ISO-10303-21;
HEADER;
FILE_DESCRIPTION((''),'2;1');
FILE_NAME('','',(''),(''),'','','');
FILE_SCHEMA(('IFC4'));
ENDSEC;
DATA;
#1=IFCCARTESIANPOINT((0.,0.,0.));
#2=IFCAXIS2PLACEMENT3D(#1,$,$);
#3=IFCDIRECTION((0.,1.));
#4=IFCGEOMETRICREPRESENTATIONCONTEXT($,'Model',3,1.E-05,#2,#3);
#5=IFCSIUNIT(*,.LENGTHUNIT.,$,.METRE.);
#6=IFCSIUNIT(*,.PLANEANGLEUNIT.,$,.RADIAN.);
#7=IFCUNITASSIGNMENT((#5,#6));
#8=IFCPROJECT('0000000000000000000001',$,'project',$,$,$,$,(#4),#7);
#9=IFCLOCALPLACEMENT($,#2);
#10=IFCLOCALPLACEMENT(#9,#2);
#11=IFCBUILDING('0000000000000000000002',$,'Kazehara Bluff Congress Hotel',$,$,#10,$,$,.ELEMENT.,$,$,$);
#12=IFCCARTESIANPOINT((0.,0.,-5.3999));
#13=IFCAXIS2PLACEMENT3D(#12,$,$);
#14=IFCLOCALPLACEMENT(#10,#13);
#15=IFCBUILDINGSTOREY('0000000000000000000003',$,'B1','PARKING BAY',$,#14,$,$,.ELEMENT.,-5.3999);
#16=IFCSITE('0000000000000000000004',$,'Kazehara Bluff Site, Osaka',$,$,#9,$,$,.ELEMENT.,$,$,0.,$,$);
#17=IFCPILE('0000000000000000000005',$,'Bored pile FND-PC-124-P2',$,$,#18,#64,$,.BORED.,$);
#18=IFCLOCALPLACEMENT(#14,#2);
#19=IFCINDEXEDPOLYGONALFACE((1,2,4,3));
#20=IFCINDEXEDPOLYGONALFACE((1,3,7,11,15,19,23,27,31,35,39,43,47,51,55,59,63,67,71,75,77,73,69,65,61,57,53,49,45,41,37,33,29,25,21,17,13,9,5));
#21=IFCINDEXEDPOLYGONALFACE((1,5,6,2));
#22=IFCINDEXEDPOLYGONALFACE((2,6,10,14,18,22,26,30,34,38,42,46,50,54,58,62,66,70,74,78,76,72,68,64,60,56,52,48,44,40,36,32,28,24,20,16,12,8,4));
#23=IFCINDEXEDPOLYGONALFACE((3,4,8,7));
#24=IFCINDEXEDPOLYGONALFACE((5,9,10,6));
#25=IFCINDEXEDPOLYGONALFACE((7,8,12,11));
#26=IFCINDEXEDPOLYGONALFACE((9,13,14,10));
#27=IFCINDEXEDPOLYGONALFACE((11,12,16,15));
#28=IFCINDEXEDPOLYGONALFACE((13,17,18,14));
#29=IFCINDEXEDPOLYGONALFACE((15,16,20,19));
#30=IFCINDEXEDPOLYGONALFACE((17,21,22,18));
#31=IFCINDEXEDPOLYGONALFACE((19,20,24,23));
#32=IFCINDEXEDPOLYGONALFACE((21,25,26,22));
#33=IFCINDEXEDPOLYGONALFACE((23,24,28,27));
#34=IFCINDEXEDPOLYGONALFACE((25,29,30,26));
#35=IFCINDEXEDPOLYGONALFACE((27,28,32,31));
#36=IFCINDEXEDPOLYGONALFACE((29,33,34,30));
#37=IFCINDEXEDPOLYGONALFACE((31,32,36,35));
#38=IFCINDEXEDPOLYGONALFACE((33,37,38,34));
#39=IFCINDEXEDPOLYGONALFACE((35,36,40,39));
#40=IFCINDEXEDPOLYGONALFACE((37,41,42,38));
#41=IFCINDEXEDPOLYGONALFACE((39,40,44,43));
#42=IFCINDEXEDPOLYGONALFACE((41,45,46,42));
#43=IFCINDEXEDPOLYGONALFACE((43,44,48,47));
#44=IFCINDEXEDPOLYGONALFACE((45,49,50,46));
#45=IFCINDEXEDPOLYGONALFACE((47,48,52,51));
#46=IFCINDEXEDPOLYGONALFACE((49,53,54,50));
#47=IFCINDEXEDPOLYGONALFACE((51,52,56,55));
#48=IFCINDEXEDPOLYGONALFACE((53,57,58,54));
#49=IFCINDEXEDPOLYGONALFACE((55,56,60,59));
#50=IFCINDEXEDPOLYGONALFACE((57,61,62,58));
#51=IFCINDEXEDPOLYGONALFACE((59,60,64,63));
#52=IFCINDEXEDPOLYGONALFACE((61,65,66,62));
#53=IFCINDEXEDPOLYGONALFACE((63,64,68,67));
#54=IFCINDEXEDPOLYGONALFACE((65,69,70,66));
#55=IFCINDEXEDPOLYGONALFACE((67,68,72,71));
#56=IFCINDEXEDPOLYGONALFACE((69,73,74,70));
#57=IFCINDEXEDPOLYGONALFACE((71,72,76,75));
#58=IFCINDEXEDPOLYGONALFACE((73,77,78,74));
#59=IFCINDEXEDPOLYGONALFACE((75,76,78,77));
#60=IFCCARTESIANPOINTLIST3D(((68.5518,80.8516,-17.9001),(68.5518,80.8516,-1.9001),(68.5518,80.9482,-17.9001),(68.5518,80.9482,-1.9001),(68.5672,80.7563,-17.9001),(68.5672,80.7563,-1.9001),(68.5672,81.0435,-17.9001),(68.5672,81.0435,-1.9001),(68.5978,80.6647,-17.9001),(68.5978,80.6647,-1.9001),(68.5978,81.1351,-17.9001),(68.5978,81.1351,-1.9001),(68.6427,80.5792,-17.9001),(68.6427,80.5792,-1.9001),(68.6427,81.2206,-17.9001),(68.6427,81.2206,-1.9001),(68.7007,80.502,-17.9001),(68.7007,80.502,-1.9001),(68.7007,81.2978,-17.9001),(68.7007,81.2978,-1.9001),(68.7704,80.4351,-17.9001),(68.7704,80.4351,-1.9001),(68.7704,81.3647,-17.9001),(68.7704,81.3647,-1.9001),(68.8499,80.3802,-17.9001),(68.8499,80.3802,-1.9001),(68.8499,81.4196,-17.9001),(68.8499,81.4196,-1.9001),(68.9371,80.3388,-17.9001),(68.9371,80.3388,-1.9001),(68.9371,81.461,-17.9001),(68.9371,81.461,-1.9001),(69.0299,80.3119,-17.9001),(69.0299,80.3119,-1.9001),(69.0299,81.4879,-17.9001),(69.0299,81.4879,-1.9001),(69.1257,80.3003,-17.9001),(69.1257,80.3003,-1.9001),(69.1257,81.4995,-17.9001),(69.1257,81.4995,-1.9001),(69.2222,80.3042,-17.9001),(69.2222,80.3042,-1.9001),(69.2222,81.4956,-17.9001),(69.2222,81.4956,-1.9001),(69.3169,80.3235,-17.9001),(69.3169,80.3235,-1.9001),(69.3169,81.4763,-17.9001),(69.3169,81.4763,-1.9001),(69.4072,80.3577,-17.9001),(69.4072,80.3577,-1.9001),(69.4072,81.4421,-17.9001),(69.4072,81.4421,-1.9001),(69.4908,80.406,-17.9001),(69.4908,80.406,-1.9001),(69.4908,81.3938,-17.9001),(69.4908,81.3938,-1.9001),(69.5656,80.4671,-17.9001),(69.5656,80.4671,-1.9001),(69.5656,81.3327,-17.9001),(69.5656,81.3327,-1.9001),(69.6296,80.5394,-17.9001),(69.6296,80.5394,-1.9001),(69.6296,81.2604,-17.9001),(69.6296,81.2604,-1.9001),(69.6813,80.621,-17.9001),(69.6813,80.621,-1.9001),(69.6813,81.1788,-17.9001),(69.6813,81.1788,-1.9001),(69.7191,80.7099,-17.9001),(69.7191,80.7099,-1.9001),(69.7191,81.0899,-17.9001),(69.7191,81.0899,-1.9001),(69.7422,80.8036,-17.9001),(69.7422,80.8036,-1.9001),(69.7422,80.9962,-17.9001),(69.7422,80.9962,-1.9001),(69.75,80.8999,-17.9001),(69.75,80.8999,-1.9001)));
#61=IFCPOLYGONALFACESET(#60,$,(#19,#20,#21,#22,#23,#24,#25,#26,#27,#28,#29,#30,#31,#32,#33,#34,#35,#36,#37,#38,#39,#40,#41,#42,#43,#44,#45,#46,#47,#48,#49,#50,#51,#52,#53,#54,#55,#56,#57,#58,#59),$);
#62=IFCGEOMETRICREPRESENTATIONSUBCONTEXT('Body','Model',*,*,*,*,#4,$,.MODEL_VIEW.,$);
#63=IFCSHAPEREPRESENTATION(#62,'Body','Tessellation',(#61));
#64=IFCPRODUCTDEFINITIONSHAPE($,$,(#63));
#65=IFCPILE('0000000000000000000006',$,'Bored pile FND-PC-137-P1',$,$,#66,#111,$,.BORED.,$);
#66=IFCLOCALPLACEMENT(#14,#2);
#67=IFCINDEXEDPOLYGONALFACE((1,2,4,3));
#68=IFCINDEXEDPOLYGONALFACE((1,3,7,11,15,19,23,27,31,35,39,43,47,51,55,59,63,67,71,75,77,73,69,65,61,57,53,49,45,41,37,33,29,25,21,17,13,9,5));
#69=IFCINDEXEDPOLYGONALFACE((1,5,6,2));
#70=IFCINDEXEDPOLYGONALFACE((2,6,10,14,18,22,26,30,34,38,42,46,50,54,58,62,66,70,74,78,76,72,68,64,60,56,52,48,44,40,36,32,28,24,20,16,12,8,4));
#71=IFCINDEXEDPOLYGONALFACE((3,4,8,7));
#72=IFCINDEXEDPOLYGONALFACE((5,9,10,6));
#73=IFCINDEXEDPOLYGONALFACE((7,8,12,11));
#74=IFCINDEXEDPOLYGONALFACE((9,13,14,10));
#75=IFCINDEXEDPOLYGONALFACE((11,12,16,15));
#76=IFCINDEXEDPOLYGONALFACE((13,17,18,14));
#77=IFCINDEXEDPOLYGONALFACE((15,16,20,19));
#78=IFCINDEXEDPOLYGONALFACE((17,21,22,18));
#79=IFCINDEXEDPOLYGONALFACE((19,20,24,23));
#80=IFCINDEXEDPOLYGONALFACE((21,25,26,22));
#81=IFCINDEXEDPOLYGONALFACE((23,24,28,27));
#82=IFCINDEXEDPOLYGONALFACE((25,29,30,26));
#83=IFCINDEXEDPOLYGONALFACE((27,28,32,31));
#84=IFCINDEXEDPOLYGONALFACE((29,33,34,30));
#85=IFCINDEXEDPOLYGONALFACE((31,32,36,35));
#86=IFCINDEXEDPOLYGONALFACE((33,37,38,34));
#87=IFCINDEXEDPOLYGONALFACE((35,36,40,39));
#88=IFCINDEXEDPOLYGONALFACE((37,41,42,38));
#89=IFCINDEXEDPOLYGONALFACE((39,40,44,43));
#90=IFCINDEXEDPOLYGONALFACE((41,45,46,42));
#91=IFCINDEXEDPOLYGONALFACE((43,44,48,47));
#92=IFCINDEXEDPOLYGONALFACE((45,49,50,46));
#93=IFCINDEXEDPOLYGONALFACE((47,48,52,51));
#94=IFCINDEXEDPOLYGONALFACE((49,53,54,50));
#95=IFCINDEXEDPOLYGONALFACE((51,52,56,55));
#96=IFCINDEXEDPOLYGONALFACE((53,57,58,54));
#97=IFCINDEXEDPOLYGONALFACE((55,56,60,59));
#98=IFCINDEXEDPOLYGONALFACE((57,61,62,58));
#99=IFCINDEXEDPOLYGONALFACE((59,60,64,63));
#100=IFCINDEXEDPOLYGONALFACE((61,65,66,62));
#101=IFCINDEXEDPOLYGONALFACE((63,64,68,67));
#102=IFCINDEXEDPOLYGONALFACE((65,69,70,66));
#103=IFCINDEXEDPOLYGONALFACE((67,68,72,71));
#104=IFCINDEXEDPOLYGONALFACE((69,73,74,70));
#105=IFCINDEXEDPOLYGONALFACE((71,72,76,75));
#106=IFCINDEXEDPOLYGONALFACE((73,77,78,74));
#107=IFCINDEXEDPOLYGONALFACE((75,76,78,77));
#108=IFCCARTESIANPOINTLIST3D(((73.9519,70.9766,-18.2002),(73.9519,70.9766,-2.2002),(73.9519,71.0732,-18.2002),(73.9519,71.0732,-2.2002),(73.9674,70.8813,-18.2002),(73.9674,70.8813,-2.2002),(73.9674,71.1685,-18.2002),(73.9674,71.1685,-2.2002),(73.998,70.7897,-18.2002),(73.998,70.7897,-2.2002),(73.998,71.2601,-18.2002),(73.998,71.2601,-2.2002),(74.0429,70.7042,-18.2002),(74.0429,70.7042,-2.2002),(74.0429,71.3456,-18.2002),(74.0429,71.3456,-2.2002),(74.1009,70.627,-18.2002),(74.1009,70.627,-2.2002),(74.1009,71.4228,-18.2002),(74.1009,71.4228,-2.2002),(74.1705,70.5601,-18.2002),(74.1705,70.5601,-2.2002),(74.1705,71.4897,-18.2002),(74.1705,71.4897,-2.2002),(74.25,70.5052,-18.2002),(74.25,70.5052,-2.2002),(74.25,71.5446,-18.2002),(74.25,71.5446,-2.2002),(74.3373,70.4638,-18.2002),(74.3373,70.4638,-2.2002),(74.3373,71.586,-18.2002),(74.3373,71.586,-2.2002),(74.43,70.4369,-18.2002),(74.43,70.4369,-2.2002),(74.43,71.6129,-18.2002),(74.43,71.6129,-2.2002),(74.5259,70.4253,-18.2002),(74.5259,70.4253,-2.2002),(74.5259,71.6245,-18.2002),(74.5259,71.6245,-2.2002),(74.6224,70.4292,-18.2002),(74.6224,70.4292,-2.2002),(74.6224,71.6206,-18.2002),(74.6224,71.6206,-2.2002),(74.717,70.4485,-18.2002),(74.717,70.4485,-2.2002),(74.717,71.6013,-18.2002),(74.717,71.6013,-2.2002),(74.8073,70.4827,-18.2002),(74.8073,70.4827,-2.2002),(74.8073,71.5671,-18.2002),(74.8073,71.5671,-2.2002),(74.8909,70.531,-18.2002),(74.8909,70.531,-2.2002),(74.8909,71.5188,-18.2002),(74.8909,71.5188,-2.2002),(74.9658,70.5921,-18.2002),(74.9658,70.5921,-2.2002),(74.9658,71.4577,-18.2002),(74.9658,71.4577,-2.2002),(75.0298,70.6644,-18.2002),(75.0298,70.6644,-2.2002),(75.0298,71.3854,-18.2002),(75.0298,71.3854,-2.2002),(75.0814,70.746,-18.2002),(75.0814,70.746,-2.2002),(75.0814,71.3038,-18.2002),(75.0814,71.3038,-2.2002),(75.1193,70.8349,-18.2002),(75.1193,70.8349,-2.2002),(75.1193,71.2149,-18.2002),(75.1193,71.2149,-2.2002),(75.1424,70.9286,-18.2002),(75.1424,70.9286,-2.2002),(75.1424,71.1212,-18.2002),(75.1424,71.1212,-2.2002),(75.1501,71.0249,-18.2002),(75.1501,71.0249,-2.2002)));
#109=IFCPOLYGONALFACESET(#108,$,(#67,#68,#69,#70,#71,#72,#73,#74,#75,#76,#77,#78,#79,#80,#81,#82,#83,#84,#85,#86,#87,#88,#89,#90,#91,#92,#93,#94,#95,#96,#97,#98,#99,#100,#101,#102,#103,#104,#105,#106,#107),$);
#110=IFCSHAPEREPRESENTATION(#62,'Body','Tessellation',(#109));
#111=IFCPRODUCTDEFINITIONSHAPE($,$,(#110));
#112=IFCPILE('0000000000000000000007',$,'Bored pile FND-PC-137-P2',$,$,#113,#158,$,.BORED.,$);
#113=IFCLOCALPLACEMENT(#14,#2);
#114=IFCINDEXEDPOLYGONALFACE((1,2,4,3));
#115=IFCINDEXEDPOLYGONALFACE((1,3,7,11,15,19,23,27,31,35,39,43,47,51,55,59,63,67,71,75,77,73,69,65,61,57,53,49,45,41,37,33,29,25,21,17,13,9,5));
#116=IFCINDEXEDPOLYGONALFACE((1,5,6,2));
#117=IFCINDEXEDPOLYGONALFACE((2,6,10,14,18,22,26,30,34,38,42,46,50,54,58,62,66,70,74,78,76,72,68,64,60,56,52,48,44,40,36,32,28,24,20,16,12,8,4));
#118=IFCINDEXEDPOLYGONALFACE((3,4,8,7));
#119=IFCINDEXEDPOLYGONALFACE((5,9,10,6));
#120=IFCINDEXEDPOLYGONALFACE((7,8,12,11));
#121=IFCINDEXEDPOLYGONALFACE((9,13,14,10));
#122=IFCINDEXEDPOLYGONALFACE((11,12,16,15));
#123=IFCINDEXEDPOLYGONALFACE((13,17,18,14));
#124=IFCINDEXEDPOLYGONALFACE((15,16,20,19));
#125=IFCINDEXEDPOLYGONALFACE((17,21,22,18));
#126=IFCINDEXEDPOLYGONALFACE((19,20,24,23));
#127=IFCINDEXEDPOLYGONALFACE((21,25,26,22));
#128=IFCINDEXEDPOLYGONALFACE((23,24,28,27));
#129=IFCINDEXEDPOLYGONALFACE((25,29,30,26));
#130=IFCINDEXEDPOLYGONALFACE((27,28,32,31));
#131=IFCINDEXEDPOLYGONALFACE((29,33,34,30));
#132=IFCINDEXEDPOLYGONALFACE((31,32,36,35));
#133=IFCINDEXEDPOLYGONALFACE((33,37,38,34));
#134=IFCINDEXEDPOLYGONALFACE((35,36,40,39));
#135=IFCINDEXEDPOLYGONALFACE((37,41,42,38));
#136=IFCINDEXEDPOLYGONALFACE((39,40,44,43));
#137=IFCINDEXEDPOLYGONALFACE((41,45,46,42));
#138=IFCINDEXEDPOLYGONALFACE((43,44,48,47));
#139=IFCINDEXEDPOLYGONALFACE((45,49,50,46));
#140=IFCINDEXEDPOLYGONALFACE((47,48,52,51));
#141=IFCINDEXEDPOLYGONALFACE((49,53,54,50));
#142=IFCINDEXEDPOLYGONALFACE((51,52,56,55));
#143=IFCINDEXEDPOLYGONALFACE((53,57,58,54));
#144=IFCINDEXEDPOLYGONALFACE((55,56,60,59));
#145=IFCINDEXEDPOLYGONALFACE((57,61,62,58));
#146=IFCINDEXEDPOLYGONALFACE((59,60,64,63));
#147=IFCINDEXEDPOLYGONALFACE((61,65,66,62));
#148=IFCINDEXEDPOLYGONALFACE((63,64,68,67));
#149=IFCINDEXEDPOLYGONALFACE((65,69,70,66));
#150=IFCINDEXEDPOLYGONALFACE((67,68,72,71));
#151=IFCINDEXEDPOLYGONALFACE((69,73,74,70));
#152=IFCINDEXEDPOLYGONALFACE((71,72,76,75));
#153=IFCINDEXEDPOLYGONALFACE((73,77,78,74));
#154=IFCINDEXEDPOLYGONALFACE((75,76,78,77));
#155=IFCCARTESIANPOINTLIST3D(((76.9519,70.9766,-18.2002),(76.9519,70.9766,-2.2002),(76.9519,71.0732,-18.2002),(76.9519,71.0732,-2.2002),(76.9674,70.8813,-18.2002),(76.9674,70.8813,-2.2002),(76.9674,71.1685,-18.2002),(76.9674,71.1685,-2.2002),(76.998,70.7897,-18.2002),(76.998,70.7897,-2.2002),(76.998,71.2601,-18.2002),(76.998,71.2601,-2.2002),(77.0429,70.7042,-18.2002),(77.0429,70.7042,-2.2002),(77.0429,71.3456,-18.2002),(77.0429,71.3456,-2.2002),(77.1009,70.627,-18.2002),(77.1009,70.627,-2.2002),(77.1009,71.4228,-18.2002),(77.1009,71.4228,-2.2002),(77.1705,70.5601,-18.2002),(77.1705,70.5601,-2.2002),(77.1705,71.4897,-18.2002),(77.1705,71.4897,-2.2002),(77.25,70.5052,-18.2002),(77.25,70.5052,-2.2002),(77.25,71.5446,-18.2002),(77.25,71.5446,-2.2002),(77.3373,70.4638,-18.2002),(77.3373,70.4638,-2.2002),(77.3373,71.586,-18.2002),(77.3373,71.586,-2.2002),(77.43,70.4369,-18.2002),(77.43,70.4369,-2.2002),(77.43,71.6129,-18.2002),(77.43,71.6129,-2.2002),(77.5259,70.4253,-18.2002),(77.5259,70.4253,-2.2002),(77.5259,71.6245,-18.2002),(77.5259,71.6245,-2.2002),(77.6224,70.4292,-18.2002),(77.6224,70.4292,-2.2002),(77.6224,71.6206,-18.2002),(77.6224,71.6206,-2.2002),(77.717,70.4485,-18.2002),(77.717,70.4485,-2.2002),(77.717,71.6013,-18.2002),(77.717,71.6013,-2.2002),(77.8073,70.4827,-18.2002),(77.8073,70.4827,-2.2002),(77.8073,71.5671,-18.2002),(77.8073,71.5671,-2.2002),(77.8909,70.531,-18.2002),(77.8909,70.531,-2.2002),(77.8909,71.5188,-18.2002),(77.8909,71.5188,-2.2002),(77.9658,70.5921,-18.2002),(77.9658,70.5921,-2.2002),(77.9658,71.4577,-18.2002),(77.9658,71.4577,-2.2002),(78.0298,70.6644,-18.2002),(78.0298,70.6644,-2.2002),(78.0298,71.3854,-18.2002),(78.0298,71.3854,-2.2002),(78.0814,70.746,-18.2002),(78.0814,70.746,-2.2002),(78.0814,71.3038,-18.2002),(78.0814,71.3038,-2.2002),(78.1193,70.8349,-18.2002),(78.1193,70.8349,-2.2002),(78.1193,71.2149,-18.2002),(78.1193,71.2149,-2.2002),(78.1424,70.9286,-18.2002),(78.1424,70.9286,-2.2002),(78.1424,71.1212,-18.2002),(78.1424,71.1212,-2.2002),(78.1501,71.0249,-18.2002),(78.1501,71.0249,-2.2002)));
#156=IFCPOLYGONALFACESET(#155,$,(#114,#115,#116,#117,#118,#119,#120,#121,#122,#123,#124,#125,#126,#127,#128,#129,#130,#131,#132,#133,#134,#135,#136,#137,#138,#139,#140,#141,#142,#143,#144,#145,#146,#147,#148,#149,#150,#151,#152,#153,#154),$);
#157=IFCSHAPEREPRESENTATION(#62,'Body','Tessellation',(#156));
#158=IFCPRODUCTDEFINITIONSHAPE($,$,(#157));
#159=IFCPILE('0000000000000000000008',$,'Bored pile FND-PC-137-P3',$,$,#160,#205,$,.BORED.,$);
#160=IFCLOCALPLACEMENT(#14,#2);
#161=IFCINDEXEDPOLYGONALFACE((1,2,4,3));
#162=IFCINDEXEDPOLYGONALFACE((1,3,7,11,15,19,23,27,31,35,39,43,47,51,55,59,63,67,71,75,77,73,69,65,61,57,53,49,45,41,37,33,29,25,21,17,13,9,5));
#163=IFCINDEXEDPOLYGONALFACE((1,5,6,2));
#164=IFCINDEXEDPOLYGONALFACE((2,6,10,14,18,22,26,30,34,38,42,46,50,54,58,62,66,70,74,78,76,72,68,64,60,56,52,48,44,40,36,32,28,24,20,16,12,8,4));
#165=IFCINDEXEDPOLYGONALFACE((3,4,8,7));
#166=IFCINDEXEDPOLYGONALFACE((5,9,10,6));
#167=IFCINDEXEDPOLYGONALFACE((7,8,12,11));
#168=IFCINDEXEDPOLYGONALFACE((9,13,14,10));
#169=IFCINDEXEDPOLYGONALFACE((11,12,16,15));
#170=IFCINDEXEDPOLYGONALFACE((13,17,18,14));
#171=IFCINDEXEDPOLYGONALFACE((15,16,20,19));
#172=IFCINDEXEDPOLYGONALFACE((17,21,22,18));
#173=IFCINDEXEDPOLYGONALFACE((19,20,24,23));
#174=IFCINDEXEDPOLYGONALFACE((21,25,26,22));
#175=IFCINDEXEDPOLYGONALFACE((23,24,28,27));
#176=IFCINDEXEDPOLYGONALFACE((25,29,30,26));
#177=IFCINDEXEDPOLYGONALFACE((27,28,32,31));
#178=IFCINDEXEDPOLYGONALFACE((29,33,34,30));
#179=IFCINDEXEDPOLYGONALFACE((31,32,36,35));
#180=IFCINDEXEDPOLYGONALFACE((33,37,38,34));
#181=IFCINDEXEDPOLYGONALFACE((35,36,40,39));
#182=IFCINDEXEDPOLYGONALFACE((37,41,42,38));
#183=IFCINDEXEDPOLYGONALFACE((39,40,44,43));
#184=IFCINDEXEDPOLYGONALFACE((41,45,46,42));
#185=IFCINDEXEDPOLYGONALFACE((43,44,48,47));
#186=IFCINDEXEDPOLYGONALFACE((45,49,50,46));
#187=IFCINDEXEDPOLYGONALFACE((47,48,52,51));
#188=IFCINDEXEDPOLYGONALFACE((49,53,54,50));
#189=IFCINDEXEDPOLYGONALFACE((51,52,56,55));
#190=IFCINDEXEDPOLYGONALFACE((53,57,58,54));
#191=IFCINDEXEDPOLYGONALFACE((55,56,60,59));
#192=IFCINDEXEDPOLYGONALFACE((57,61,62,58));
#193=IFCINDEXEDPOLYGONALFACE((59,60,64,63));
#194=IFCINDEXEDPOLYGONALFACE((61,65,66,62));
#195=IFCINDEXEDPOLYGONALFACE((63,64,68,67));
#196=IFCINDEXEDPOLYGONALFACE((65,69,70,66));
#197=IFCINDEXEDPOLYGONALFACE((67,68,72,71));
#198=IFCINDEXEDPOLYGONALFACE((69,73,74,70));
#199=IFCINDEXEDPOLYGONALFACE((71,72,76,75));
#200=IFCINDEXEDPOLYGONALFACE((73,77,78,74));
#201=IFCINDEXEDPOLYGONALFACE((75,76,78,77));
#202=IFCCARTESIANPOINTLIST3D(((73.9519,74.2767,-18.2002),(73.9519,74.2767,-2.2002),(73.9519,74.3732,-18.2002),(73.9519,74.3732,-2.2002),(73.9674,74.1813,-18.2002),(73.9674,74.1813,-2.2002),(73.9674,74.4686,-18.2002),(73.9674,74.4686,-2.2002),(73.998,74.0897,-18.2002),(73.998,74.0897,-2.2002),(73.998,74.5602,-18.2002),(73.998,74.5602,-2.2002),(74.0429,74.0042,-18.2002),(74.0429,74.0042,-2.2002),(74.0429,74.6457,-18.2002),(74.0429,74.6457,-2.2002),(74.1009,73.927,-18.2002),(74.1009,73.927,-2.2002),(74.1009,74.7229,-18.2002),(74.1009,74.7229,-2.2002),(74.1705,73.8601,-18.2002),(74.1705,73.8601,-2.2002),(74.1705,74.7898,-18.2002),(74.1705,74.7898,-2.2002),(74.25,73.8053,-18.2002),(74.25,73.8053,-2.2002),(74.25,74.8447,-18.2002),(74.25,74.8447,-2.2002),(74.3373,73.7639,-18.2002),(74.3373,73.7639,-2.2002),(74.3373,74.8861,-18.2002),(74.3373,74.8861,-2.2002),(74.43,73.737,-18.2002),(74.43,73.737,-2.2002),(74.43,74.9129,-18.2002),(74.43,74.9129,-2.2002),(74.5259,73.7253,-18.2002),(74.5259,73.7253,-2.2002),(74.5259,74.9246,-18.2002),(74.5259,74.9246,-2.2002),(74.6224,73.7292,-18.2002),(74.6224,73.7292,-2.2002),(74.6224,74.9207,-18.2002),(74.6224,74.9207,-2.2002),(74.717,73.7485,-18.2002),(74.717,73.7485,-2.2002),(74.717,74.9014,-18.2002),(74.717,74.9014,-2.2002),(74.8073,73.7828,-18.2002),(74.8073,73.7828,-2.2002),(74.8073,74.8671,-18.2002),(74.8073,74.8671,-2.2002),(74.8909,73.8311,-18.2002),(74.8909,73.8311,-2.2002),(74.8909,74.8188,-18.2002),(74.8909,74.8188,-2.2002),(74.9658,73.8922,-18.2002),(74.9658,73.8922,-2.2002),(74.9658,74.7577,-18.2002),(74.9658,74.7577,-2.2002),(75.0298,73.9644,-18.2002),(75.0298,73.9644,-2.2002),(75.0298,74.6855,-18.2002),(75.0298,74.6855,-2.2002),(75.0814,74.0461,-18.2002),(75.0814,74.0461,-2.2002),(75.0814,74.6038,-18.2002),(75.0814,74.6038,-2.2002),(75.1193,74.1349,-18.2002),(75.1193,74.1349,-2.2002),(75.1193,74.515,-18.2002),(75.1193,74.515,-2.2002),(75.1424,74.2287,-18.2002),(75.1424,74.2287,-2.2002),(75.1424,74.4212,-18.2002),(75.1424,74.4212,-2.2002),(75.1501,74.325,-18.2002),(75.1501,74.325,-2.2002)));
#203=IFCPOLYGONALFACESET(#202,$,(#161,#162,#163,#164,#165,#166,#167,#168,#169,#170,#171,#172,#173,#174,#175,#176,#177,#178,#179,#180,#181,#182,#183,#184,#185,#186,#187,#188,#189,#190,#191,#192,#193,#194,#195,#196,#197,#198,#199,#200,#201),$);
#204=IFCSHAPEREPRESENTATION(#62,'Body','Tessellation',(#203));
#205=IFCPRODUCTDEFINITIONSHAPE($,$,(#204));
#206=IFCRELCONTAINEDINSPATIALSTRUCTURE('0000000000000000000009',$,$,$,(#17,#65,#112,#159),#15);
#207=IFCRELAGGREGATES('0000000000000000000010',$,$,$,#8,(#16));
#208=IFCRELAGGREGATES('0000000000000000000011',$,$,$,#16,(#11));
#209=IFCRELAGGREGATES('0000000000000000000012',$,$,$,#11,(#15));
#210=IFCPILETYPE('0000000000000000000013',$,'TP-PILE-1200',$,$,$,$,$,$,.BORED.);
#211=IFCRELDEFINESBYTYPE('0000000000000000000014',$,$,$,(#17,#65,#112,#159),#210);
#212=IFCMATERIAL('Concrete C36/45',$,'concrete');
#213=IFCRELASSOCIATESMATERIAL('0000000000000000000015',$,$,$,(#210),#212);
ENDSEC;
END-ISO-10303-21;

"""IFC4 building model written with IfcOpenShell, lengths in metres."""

from ifc_helpers import new_model, si_unit, direction, frame, origin, origin_2d, place, context, subcontext, project, spatial, circle, extrude, material, material_profile, profile_set, type_object, element, save


model = new_model("IFC4")

# Units and contexts
model_context = context("Model", 3, precision=1e-05, world=origin(), true_north=direction((0.0, 1.0)))
body_context = subcontext(model_context, "Body", "Model", "MODEL_VIEW")
ifc_project = project(units=[si_unit("LENGTHUNIT", "METRE"), si_unit("PLANEANGLEUNIT", "RADIAN")], contexts=[model_context])

# Site, building, storey
site_placement = place(None, origin())
site = spatial("IfcSite", under=ifc_project, at=site_placement, Name="Kazehara Bluff Site, Osaka", CompositionType="ELEMENT", RefElevation=0.0)
building_placement = place(site_placement, origin())
building = spatial("IfcBuilding", under=site, at=building_placement, Name="Kazehara Bluff Congress Hotel", CompositionType="ELEMENT")
storey_placement = place(building_placement, frame((0.0, 0.0, -5.3999)))
storey = spatial("IfcBuildingStorey", under=building, at=storey_placement, Name="B1", Description="PARKING BAY", CompositionType="ELEMENT", Elevation=-5.3999)

# Piles
ifc_material_1 = material(Name="Concrete C36/45", Category="concrete")
ifc_material_profile_1 = material_profile(ifc_material_1, circle(Radius=0.6001, at=origin_2d()))
ifc_profile_set_1 = profile_set([ifc_material_profile_1], Name="Concrete C36/45")
pile_type = type_object("IfcPileType", Name="TP-PILE-1200", PredefinedType="BORED", material=ifc_profile_set_1)
for number, where, z_axis, x_axis, name in (
    (1, (69.1499, 80.8999, -1.9001), (0.0, 0.0, -1.0), (1.0, 0.0, 0.0), "Bored pile FND-PC-124-P2"),
    (2, (74.55, 71.0249, -2.2002), (0.0, 0.0, -1.0), (1.0, 0.0, 0.0), "Bored pile FND-PC-137-P1"),
    (3, (77.55, 71.0249, -2.2002), (0.0, 0.0, -1.0), (1.0, 0.0, 0.0), "Bored pile FND-PC-137-P2"),
    (4, (74.55, 74.325, -2.2002), (0.0, 0.0, -1.0), (1.0, 0.0, 0.0), "Bored pile FND-PC-137-P3"),
):
    element("IfcPile", number, at=place(storey_placement, frame(where, z_axis=z_axis, x_axis=x_axis)), inside=storey, type_object=pile_type, Name=name, PredefinedType="BORED", context=body_context, shape_type="SweptSolid", body=[
        extrude(circle(Radius=0.6001, at=origin_2d()), origin(), (0.0, 0.0, 1.0), 16.0),
    ])

save(model, "model.ifc")
